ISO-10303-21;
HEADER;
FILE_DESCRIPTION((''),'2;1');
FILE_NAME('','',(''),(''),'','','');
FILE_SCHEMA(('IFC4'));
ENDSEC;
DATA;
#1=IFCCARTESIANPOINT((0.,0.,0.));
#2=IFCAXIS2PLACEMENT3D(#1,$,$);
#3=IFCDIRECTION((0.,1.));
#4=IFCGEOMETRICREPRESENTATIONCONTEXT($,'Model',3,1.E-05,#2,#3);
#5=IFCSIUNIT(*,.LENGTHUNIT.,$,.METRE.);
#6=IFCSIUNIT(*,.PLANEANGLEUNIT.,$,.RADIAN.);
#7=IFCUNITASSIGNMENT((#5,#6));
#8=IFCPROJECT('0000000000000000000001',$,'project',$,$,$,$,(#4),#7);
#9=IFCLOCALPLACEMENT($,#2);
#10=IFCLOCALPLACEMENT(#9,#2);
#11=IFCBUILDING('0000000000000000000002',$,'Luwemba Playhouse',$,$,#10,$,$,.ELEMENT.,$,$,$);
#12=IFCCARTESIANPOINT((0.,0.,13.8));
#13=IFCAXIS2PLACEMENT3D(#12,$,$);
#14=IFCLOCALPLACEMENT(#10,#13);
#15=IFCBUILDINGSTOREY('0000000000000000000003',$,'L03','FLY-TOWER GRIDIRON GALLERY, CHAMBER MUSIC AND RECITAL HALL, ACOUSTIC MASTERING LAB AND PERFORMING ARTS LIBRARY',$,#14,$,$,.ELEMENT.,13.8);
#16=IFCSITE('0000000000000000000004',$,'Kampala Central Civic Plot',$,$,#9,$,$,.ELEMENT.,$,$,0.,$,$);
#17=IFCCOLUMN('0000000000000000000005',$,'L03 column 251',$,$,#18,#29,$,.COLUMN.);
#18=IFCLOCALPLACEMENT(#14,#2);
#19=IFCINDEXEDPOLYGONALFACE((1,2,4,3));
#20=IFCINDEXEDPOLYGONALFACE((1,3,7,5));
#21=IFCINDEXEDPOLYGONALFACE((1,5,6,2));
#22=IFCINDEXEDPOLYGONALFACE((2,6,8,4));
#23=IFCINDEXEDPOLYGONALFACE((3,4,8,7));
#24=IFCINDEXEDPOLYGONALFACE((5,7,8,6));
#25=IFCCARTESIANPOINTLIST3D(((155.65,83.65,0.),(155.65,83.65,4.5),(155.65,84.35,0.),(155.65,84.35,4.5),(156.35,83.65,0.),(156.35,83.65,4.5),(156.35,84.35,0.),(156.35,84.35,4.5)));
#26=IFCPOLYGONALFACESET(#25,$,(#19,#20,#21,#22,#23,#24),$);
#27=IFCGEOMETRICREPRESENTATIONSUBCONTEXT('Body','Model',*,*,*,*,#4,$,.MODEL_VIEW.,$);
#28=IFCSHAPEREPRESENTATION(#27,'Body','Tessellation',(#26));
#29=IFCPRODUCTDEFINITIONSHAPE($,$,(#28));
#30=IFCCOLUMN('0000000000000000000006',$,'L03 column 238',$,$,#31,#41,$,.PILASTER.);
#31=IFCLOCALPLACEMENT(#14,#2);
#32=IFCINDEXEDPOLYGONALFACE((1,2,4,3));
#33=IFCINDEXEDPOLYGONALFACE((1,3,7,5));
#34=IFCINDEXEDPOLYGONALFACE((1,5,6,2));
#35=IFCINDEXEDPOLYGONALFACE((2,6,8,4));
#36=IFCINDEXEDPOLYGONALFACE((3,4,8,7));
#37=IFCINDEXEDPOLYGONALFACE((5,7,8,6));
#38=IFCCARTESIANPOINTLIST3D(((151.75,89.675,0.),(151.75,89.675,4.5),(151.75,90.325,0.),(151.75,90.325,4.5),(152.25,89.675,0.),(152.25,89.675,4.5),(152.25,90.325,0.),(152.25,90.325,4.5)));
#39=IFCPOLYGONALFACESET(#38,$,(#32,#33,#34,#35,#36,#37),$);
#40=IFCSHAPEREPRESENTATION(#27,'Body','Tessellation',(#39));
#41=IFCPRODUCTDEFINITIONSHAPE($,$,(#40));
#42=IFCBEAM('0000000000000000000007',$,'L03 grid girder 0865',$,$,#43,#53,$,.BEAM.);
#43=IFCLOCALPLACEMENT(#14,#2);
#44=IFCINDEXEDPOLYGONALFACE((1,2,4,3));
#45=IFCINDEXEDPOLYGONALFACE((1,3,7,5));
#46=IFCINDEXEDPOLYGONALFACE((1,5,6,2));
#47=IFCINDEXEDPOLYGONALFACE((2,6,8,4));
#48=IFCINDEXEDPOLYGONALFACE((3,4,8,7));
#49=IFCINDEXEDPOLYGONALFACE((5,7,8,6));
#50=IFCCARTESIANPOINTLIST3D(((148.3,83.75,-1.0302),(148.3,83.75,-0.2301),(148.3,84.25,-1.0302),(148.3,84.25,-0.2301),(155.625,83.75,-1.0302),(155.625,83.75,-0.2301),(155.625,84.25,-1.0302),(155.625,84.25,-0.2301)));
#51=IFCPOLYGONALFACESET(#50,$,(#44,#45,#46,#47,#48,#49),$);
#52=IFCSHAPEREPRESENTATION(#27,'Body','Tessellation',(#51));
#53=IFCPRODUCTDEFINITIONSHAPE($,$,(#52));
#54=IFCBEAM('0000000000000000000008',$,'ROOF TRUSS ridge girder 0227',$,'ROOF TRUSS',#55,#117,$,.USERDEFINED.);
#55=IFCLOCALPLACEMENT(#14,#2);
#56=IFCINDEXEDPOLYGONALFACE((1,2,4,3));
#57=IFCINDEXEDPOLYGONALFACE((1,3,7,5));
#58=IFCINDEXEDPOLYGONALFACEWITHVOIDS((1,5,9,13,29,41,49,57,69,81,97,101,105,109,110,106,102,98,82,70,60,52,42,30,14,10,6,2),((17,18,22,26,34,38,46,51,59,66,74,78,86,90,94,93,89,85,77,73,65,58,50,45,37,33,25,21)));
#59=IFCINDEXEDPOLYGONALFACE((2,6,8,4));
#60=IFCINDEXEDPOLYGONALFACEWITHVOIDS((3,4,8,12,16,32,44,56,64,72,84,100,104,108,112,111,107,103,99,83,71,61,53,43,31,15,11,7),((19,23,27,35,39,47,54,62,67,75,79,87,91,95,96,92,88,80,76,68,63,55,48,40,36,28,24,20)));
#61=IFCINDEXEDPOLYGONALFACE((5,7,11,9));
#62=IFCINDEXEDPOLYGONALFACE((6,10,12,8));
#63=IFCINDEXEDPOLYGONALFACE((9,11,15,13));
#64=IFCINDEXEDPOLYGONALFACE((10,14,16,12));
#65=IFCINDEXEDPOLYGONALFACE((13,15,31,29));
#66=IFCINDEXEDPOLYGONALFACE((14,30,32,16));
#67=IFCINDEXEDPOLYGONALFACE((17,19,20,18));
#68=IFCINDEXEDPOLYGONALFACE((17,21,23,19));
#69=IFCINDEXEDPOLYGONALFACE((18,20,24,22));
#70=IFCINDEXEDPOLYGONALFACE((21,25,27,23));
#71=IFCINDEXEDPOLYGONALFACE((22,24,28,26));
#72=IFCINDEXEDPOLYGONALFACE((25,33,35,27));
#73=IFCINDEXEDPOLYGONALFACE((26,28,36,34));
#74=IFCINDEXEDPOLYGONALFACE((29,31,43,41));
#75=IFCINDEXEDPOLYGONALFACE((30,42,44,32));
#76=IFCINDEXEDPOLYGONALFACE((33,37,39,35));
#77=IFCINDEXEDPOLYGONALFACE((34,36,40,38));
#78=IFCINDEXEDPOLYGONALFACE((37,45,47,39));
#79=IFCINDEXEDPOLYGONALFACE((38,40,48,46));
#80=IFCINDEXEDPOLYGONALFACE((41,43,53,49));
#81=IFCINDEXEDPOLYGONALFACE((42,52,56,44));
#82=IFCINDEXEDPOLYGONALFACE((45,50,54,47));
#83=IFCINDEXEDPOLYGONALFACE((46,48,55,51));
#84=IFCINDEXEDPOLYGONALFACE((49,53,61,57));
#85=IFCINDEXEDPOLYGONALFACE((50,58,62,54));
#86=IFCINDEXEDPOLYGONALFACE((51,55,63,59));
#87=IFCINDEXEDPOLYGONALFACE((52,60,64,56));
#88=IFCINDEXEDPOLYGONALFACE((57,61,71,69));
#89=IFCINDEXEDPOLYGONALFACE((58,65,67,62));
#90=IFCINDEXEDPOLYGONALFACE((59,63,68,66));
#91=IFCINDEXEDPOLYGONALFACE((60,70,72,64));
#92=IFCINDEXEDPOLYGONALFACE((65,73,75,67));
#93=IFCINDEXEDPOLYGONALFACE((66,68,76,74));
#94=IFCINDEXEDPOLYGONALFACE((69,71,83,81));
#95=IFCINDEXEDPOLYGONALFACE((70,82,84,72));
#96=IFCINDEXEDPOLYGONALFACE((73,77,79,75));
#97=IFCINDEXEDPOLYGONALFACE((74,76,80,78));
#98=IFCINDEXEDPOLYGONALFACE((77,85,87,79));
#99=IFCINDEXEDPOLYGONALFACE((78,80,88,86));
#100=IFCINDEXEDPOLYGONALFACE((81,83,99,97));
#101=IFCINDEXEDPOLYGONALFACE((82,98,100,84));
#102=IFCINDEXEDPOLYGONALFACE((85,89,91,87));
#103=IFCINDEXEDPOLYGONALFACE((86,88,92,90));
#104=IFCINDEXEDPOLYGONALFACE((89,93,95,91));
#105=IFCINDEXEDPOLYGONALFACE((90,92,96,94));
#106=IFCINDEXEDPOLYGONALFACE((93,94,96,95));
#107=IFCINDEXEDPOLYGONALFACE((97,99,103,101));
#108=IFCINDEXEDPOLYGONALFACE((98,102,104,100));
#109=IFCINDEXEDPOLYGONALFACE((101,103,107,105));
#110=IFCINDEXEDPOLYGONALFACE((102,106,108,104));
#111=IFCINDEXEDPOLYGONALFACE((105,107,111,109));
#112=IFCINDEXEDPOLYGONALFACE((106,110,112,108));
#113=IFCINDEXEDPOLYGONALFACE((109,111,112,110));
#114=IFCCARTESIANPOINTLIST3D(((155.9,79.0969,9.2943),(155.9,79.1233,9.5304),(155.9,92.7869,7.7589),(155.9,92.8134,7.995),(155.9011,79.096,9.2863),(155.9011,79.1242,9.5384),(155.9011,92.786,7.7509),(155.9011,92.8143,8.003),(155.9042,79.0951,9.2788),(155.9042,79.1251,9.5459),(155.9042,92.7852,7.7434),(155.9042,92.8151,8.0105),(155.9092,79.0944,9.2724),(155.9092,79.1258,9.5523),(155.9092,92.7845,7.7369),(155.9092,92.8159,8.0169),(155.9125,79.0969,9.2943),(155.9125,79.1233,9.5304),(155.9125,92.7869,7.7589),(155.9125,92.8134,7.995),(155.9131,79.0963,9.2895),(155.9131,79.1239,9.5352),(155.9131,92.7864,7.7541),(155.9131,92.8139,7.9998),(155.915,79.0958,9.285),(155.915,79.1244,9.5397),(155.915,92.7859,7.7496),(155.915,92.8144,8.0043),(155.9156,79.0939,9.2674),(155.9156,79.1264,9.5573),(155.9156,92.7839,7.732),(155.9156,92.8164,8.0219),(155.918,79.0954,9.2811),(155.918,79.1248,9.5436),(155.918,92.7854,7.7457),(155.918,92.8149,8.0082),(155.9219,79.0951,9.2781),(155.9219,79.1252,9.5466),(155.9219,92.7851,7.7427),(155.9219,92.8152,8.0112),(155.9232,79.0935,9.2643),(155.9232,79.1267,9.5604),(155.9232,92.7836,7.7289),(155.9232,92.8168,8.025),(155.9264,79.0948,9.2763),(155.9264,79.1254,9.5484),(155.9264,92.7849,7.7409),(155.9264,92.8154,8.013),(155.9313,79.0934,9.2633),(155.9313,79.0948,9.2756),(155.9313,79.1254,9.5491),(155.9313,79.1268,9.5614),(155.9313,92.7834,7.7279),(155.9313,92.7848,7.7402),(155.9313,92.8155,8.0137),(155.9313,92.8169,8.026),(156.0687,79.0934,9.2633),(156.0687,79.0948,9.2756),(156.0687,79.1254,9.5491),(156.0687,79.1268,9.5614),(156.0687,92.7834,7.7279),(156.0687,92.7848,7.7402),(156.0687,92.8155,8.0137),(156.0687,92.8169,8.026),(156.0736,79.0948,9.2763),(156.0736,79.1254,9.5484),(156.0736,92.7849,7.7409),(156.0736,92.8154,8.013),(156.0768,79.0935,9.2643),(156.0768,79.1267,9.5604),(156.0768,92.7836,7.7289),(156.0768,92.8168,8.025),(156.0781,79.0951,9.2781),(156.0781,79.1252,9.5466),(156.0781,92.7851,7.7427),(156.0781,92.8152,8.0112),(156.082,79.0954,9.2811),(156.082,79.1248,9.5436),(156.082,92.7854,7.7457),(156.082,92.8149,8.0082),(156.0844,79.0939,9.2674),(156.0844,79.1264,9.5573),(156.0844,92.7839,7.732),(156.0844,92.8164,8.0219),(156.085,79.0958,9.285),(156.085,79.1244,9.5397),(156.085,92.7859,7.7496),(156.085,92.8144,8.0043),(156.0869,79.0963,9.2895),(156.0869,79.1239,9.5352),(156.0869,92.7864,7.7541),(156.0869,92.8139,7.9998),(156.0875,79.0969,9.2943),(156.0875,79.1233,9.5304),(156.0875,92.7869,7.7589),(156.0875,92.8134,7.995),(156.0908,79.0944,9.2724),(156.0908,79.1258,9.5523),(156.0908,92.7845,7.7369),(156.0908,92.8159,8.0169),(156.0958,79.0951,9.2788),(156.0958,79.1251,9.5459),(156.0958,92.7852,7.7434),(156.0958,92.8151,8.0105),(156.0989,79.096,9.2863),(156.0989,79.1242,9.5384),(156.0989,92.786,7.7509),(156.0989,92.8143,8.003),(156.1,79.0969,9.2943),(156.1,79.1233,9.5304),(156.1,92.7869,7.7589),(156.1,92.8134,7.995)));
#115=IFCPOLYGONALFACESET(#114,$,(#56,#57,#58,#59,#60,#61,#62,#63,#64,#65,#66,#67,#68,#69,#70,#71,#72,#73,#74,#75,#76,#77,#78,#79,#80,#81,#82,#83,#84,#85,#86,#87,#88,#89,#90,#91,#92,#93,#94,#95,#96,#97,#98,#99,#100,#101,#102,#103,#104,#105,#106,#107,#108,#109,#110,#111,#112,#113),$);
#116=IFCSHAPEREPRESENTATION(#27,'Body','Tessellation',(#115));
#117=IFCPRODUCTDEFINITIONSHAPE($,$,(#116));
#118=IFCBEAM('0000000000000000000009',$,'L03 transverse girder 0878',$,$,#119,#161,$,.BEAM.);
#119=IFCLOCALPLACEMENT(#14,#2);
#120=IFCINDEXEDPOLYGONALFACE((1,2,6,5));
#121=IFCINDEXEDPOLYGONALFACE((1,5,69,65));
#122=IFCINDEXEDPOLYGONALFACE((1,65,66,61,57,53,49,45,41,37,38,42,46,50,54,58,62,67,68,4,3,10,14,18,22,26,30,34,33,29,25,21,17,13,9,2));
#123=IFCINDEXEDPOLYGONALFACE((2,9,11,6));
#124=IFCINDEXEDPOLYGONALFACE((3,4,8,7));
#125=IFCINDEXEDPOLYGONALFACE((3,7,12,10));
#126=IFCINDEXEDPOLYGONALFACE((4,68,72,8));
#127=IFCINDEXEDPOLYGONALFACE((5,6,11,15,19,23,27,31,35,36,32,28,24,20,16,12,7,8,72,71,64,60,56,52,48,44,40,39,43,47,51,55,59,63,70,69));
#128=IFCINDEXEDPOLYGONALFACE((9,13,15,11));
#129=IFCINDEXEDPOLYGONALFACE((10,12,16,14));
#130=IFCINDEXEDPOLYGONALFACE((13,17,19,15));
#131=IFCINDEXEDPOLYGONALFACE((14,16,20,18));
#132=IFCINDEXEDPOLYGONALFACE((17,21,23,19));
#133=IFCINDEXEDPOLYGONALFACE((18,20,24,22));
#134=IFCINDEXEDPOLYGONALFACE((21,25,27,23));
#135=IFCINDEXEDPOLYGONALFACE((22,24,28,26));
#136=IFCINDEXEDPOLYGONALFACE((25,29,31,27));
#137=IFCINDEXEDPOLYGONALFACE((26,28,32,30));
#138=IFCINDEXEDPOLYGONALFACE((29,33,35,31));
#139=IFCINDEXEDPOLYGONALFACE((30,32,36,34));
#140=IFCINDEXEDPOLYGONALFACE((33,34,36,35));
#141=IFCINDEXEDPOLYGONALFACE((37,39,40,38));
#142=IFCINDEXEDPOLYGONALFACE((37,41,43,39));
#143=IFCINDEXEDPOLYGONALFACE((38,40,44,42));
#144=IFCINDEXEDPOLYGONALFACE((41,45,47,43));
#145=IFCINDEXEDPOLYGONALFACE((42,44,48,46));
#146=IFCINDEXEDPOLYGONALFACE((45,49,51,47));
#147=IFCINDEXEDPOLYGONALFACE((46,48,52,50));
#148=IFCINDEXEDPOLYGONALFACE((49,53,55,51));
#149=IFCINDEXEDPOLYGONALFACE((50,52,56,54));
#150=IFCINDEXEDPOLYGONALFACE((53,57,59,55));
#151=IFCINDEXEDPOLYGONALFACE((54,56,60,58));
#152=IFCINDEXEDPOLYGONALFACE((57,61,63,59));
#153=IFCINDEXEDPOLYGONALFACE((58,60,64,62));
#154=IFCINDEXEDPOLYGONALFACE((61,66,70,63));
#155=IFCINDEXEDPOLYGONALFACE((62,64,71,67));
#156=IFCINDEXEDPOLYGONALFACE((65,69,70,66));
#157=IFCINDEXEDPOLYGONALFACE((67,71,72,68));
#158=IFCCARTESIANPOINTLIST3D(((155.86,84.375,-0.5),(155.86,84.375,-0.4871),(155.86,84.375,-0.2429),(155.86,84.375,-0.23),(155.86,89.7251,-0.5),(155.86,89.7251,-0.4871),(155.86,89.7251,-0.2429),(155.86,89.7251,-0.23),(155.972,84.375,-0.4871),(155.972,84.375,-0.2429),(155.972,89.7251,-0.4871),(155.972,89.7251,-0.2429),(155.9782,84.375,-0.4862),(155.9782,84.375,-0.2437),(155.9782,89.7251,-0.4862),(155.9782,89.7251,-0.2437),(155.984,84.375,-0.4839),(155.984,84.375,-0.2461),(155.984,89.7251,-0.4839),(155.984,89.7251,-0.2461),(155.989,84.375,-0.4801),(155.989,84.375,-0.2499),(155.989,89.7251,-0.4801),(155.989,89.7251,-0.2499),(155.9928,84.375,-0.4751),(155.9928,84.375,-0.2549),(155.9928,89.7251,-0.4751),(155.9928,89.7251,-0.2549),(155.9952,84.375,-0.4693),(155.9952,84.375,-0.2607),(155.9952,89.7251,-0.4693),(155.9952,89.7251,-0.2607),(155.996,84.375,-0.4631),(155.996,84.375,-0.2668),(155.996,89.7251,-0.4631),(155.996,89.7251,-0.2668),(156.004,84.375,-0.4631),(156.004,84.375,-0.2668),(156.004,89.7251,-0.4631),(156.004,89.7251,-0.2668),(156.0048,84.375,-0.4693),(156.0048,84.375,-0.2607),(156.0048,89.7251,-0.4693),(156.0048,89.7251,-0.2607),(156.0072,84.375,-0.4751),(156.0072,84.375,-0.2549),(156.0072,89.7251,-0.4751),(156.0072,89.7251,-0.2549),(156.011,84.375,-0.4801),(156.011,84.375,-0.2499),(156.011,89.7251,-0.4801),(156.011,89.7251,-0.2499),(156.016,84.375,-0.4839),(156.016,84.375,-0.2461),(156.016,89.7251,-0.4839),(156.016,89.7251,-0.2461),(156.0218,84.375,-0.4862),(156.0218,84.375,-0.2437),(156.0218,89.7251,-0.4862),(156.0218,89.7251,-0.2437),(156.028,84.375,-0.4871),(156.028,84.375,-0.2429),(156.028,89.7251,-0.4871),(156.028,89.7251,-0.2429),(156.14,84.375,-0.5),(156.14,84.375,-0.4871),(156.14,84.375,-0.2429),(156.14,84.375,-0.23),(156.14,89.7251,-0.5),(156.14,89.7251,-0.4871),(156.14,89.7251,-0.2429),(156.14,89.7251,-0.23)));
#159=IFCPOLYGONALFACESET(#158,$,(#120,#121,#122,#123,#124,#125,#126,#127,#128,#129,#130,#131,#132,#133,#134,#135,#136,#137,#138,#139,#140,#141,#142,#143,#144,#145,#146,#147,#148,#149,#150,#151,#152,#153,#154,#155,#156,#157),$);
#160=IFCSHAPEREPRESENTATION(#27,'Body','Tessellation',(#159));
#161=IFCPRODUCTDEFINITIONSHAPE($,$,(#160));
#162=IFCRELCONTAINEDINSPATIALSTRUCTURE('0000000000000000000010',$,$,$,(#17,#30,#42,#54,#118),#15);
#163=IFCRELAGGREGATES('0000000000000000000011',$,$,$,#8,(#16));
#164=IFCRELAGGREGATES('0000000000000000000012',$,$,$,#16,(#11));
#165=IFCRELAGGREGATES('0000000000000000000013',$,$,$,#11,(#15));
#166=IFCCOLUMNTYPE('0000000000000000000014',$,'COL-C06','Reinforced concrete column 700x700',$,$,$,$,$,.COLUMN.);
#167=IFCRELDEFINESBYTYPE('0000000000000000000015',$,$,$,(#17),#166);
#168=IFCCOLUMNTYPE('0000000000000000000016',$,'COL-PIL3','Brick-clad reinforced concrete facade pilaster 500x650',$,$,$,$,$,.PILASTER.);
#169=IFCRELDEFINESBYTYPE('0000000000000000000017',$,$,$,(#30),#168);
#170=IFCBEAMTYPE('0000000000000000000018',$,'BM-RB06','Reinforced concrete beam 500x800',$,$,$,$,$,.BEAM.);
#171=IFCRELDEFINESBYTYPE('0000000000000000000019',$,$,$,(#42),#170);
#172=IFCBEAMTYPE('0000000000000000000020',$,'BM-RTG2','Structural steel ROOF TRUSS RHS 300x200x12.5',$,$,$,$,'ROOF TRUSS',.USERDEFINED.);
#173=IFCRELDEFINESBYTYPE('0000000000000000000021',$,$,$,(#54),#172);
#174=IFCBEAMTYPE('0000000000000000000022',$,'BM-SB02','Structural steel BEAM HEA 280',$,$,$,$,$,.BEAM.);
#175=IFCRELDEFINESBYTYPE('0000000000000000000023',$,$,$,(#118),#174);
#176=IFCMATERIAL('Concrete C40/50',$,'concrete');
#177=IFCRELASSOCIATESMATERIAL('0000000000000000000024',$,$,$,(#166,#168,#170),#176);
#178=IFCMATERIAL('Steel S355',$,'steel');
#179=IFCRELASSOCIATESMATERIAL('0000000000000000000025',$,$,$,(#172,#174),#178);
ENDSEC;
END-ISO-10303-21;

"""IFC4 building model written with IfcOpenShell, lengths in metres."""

from ifc_helpers import new_model, si_unit, direction, frame, origin, origin_2d, place, context, subcontext, project, spatial, rectangle, hollow_rectangle, i_section, extrude, material, material_profile, profile_set, type_object, element, save


model = new_model("IFC4")

# Units and contexts
model_context = context("Model", 3, precision=1e-05, world=origin(), true_north=direction((0.0, 1.0)))
body_context = subcontext(model_context, "Body", "Model", "MODEL_VIEW")
ifc_project = project(units=[si_unit("LENGTHUNIT", "METRE"), si_unit("PLANEANGLEUNIT", "RADIAN")], contexts=[model_context])

# Site, building, storey
site_placement = place(None, origin())
site = spatial("IfcSite", under=ifc_project, at=site_placement, Name="Kampala Central Civic Plot", CompositionType="ELEMENT", RefElevation=0.0)
building_placement = place(site_placement, origin())
building = spatial("IfcBuilding", under=site, at=building_placement, Name="Luwemba Playhouse", CompositionType="ELEMENT")
storey_placement = place(building_placement, frame((0.0, 0.0, 13.8)))
storey = spatial("IfcBuildingStorey", under=building, at=storey_placement, Name="L03", Description="FLY-TOWER GRIDIRON GALLERY, CHAMBER MUSIC AND RECITAL HALL, ACOUSTIC MASTERING LAB AND PERFORMING ARTS LIBRARY", CompositionType="ELEMENT", Elevation=13.8)

# Columns
ifc_material_1 = material(Name="Concrete C40/50", Category="concrete")
ifc_material_profile_1 = material_profile(ifc_material_1, rectangle(XDim=0.7, YDim=0.7, at=origin_2d()))
ifc_profile_set_1 = profile_set([ifc_material_profile_1], Name="Concrete C40/50")
column_type_1 = type_object("IfcColumnType", Name="COL-C06", Description="Reinforced concrete column 700x700", PredefinedType="COLUMN", material=ifc_profile_set_1)
column_1_placement = place(storey_placement, frame((156.0, 84.0, 0.0), z_axis=(0.0, 0.0, 1.0), x_axis=(1.0, 0.0, 0.0)))
element("IfcColumn", 1, at=column_1_placement, inside=storey, type_object=column_type_1, Name="L03 column 251", PredefinedType="COLUMN", context=body_context, shape_type="SweptSolid", body=[
    extrude(rectangle(XDim=0.7, YDim=0.7, at=origin_2d()), origin(), (0.0, 0.0, 1.0), 4.5),
])
ifc_material_profile_2 = material_profile(ifc_material_1, rectangle(XDim=0.5, YDim=0.6499, at=origin_2d()))
ifc_profile_set_2 = profile_set([ifc_material_profile_2], Name="Concrete C40/50")
column_type_2 = type_object("IfcColumnType", Name="COL-PIL3", Description="Brick-clad reinforced concrete facade pilaster 500x650", PredefinedType="PILASTER", material=ifc_profile_set_2)
column_2_placement = place(storey_placement, frame((152.0, 90.0, 0.0), z_axis=(0.0, 0.0, 1.0), x_axis=(1.0, 0.0, 0.0)))
element("IfcColumn", 2, at=column_2_placement, inside=storey, type_object=column_type_2, Name="L03 column 238", PredefinedType="PILASTER", context=body_context, shape_type="SweptSolid", body=[
    extrude(rectangle(XDim=0.5, YDim=0.6499, at=origin_2d()), origin(), (0.0, 0.0, 1.0), 4.5),
])

# Beams
ifc_material_profile_3 = material_profile(ifc_material_1, rectangle(XDim=0.5, YDim=0.8, at=origin_2d()))
ifc_profile_set_3 = profile_set([ifc_material_profile_3], Name="Concrete C40/50")
beam_type_1 = type_object("IfcBeamType", Name="BM-RB06", Description="Reinforced concrete beam 500x800", PredefinedType="BEAM", material=ifc_profile_set_3)
beam_1_placement = place(storey_placement, frame((148.3, 84.0, -0.6301), z_axis=(1.0, 0.0, 0.0), x_axis=(0.0, 1.0, 0.0)))
element("IfcBeam", 3, at=beam_1_placement, inside=storey, type_object=beam_type_1, Name="L03 grid girder 0865", PredefinedType="BEAM", context=body_context, shape_type="SweptSolid", body=[
    extrude(rectangle(XDim=0.5, YDim=0.8, at=origin_2d()), origin(), (0.0, 0.0, 1.0), 7.325),
])
ifc_material_2 = material(Name="Steel S355", Category="steel")
ifc_material_profile_4 = material_profile(ifc_material_2, hollow_rectangle(XDim=0.2, YDim=0.3, WallThickness=0.0125, InnerFilletRadius=0.0188, OuterFilletRadius=0.0312, at=origin_2d()))
ifc_profile_set_4 = profile_set([ifc_material_profile_4], Name="Steel S355")
beam_type_2 = type_object("IfcBeamType", Name="BM-RTG2", Description="Structural steel ROOF TRUSS RHS 300x200x12.5", ElementType="ROOF TRUSS", PredefinedType="USERDEFINED", material=ifc_profile_set_4)
beam_2_placement = place(storey_placement, frame((156.0, 79.1101, 9.4124), z_axis=(0.0, 0.993769, -0.111457), x_axis=(-1.0, 0.0, 0.0)))
element("IfcBeam", 4, at=beam_2_placement, inside=storey, type_object=beam_type_2, Name="ROOF TRUSS ridge girder 0227", ObjectType="ROOF TRUSS", PredefinedType="USERDEFINED", context=body_context, shape_type="SweptSolid", body=[
    extrude(hollow_rectangle(XDim=0.2, YDim=0.3, WallThickness=0.0125, InnerFilletRadius=0.0188, OuterFilletRadius=0.0312, at=origin_2d()), origin(), (0.0, 0.0, 1.0), 13.7759),
])
ifc_material_profile_5 = material_profile(ifc_material_2, i_section(OverallWidth=0.28, OverallDepth=0.27, WebThickness=0.0081, FlangeThickness=0.0129, FilletRadius=0.0239, at=origin_2d()))
ifc_profile_set_5 = profile_set([ifc_material_profile_5], Name="Steel S355")
beam_type_3 = type_object("IfcBeamType", Name="BM-SB02", Description="Structural steel BEAM HEA 280", PredefinedType="BEAM", material=ifc_profile_set_5)
beam_3_placement = place(storey_placement, frame((156.0, 84.375, -0.365), z_axis=(0.0, 1.0, 0.0), x_axis=(-1.0, 0.0, 0.0)))
element("IfcBeam", 5, at=beam_3_placement, inside=storey, type_object=beam_type_3, Name="L03 transverse girder 0878", PredefinedType="BEAM", context=body_context, shape_type="SweptSolid", body=[
    extrude(i_section(OverallWidth=0.28, OverallDepth=0.27, WebThickness=0.0081, FlangeThickness=0.0129, FilletRadius=0.0239, at=origin_2d()), origin(), (0.0, 0.0, 1.0), 5.3501),
])

save(model, "model.ifc")
